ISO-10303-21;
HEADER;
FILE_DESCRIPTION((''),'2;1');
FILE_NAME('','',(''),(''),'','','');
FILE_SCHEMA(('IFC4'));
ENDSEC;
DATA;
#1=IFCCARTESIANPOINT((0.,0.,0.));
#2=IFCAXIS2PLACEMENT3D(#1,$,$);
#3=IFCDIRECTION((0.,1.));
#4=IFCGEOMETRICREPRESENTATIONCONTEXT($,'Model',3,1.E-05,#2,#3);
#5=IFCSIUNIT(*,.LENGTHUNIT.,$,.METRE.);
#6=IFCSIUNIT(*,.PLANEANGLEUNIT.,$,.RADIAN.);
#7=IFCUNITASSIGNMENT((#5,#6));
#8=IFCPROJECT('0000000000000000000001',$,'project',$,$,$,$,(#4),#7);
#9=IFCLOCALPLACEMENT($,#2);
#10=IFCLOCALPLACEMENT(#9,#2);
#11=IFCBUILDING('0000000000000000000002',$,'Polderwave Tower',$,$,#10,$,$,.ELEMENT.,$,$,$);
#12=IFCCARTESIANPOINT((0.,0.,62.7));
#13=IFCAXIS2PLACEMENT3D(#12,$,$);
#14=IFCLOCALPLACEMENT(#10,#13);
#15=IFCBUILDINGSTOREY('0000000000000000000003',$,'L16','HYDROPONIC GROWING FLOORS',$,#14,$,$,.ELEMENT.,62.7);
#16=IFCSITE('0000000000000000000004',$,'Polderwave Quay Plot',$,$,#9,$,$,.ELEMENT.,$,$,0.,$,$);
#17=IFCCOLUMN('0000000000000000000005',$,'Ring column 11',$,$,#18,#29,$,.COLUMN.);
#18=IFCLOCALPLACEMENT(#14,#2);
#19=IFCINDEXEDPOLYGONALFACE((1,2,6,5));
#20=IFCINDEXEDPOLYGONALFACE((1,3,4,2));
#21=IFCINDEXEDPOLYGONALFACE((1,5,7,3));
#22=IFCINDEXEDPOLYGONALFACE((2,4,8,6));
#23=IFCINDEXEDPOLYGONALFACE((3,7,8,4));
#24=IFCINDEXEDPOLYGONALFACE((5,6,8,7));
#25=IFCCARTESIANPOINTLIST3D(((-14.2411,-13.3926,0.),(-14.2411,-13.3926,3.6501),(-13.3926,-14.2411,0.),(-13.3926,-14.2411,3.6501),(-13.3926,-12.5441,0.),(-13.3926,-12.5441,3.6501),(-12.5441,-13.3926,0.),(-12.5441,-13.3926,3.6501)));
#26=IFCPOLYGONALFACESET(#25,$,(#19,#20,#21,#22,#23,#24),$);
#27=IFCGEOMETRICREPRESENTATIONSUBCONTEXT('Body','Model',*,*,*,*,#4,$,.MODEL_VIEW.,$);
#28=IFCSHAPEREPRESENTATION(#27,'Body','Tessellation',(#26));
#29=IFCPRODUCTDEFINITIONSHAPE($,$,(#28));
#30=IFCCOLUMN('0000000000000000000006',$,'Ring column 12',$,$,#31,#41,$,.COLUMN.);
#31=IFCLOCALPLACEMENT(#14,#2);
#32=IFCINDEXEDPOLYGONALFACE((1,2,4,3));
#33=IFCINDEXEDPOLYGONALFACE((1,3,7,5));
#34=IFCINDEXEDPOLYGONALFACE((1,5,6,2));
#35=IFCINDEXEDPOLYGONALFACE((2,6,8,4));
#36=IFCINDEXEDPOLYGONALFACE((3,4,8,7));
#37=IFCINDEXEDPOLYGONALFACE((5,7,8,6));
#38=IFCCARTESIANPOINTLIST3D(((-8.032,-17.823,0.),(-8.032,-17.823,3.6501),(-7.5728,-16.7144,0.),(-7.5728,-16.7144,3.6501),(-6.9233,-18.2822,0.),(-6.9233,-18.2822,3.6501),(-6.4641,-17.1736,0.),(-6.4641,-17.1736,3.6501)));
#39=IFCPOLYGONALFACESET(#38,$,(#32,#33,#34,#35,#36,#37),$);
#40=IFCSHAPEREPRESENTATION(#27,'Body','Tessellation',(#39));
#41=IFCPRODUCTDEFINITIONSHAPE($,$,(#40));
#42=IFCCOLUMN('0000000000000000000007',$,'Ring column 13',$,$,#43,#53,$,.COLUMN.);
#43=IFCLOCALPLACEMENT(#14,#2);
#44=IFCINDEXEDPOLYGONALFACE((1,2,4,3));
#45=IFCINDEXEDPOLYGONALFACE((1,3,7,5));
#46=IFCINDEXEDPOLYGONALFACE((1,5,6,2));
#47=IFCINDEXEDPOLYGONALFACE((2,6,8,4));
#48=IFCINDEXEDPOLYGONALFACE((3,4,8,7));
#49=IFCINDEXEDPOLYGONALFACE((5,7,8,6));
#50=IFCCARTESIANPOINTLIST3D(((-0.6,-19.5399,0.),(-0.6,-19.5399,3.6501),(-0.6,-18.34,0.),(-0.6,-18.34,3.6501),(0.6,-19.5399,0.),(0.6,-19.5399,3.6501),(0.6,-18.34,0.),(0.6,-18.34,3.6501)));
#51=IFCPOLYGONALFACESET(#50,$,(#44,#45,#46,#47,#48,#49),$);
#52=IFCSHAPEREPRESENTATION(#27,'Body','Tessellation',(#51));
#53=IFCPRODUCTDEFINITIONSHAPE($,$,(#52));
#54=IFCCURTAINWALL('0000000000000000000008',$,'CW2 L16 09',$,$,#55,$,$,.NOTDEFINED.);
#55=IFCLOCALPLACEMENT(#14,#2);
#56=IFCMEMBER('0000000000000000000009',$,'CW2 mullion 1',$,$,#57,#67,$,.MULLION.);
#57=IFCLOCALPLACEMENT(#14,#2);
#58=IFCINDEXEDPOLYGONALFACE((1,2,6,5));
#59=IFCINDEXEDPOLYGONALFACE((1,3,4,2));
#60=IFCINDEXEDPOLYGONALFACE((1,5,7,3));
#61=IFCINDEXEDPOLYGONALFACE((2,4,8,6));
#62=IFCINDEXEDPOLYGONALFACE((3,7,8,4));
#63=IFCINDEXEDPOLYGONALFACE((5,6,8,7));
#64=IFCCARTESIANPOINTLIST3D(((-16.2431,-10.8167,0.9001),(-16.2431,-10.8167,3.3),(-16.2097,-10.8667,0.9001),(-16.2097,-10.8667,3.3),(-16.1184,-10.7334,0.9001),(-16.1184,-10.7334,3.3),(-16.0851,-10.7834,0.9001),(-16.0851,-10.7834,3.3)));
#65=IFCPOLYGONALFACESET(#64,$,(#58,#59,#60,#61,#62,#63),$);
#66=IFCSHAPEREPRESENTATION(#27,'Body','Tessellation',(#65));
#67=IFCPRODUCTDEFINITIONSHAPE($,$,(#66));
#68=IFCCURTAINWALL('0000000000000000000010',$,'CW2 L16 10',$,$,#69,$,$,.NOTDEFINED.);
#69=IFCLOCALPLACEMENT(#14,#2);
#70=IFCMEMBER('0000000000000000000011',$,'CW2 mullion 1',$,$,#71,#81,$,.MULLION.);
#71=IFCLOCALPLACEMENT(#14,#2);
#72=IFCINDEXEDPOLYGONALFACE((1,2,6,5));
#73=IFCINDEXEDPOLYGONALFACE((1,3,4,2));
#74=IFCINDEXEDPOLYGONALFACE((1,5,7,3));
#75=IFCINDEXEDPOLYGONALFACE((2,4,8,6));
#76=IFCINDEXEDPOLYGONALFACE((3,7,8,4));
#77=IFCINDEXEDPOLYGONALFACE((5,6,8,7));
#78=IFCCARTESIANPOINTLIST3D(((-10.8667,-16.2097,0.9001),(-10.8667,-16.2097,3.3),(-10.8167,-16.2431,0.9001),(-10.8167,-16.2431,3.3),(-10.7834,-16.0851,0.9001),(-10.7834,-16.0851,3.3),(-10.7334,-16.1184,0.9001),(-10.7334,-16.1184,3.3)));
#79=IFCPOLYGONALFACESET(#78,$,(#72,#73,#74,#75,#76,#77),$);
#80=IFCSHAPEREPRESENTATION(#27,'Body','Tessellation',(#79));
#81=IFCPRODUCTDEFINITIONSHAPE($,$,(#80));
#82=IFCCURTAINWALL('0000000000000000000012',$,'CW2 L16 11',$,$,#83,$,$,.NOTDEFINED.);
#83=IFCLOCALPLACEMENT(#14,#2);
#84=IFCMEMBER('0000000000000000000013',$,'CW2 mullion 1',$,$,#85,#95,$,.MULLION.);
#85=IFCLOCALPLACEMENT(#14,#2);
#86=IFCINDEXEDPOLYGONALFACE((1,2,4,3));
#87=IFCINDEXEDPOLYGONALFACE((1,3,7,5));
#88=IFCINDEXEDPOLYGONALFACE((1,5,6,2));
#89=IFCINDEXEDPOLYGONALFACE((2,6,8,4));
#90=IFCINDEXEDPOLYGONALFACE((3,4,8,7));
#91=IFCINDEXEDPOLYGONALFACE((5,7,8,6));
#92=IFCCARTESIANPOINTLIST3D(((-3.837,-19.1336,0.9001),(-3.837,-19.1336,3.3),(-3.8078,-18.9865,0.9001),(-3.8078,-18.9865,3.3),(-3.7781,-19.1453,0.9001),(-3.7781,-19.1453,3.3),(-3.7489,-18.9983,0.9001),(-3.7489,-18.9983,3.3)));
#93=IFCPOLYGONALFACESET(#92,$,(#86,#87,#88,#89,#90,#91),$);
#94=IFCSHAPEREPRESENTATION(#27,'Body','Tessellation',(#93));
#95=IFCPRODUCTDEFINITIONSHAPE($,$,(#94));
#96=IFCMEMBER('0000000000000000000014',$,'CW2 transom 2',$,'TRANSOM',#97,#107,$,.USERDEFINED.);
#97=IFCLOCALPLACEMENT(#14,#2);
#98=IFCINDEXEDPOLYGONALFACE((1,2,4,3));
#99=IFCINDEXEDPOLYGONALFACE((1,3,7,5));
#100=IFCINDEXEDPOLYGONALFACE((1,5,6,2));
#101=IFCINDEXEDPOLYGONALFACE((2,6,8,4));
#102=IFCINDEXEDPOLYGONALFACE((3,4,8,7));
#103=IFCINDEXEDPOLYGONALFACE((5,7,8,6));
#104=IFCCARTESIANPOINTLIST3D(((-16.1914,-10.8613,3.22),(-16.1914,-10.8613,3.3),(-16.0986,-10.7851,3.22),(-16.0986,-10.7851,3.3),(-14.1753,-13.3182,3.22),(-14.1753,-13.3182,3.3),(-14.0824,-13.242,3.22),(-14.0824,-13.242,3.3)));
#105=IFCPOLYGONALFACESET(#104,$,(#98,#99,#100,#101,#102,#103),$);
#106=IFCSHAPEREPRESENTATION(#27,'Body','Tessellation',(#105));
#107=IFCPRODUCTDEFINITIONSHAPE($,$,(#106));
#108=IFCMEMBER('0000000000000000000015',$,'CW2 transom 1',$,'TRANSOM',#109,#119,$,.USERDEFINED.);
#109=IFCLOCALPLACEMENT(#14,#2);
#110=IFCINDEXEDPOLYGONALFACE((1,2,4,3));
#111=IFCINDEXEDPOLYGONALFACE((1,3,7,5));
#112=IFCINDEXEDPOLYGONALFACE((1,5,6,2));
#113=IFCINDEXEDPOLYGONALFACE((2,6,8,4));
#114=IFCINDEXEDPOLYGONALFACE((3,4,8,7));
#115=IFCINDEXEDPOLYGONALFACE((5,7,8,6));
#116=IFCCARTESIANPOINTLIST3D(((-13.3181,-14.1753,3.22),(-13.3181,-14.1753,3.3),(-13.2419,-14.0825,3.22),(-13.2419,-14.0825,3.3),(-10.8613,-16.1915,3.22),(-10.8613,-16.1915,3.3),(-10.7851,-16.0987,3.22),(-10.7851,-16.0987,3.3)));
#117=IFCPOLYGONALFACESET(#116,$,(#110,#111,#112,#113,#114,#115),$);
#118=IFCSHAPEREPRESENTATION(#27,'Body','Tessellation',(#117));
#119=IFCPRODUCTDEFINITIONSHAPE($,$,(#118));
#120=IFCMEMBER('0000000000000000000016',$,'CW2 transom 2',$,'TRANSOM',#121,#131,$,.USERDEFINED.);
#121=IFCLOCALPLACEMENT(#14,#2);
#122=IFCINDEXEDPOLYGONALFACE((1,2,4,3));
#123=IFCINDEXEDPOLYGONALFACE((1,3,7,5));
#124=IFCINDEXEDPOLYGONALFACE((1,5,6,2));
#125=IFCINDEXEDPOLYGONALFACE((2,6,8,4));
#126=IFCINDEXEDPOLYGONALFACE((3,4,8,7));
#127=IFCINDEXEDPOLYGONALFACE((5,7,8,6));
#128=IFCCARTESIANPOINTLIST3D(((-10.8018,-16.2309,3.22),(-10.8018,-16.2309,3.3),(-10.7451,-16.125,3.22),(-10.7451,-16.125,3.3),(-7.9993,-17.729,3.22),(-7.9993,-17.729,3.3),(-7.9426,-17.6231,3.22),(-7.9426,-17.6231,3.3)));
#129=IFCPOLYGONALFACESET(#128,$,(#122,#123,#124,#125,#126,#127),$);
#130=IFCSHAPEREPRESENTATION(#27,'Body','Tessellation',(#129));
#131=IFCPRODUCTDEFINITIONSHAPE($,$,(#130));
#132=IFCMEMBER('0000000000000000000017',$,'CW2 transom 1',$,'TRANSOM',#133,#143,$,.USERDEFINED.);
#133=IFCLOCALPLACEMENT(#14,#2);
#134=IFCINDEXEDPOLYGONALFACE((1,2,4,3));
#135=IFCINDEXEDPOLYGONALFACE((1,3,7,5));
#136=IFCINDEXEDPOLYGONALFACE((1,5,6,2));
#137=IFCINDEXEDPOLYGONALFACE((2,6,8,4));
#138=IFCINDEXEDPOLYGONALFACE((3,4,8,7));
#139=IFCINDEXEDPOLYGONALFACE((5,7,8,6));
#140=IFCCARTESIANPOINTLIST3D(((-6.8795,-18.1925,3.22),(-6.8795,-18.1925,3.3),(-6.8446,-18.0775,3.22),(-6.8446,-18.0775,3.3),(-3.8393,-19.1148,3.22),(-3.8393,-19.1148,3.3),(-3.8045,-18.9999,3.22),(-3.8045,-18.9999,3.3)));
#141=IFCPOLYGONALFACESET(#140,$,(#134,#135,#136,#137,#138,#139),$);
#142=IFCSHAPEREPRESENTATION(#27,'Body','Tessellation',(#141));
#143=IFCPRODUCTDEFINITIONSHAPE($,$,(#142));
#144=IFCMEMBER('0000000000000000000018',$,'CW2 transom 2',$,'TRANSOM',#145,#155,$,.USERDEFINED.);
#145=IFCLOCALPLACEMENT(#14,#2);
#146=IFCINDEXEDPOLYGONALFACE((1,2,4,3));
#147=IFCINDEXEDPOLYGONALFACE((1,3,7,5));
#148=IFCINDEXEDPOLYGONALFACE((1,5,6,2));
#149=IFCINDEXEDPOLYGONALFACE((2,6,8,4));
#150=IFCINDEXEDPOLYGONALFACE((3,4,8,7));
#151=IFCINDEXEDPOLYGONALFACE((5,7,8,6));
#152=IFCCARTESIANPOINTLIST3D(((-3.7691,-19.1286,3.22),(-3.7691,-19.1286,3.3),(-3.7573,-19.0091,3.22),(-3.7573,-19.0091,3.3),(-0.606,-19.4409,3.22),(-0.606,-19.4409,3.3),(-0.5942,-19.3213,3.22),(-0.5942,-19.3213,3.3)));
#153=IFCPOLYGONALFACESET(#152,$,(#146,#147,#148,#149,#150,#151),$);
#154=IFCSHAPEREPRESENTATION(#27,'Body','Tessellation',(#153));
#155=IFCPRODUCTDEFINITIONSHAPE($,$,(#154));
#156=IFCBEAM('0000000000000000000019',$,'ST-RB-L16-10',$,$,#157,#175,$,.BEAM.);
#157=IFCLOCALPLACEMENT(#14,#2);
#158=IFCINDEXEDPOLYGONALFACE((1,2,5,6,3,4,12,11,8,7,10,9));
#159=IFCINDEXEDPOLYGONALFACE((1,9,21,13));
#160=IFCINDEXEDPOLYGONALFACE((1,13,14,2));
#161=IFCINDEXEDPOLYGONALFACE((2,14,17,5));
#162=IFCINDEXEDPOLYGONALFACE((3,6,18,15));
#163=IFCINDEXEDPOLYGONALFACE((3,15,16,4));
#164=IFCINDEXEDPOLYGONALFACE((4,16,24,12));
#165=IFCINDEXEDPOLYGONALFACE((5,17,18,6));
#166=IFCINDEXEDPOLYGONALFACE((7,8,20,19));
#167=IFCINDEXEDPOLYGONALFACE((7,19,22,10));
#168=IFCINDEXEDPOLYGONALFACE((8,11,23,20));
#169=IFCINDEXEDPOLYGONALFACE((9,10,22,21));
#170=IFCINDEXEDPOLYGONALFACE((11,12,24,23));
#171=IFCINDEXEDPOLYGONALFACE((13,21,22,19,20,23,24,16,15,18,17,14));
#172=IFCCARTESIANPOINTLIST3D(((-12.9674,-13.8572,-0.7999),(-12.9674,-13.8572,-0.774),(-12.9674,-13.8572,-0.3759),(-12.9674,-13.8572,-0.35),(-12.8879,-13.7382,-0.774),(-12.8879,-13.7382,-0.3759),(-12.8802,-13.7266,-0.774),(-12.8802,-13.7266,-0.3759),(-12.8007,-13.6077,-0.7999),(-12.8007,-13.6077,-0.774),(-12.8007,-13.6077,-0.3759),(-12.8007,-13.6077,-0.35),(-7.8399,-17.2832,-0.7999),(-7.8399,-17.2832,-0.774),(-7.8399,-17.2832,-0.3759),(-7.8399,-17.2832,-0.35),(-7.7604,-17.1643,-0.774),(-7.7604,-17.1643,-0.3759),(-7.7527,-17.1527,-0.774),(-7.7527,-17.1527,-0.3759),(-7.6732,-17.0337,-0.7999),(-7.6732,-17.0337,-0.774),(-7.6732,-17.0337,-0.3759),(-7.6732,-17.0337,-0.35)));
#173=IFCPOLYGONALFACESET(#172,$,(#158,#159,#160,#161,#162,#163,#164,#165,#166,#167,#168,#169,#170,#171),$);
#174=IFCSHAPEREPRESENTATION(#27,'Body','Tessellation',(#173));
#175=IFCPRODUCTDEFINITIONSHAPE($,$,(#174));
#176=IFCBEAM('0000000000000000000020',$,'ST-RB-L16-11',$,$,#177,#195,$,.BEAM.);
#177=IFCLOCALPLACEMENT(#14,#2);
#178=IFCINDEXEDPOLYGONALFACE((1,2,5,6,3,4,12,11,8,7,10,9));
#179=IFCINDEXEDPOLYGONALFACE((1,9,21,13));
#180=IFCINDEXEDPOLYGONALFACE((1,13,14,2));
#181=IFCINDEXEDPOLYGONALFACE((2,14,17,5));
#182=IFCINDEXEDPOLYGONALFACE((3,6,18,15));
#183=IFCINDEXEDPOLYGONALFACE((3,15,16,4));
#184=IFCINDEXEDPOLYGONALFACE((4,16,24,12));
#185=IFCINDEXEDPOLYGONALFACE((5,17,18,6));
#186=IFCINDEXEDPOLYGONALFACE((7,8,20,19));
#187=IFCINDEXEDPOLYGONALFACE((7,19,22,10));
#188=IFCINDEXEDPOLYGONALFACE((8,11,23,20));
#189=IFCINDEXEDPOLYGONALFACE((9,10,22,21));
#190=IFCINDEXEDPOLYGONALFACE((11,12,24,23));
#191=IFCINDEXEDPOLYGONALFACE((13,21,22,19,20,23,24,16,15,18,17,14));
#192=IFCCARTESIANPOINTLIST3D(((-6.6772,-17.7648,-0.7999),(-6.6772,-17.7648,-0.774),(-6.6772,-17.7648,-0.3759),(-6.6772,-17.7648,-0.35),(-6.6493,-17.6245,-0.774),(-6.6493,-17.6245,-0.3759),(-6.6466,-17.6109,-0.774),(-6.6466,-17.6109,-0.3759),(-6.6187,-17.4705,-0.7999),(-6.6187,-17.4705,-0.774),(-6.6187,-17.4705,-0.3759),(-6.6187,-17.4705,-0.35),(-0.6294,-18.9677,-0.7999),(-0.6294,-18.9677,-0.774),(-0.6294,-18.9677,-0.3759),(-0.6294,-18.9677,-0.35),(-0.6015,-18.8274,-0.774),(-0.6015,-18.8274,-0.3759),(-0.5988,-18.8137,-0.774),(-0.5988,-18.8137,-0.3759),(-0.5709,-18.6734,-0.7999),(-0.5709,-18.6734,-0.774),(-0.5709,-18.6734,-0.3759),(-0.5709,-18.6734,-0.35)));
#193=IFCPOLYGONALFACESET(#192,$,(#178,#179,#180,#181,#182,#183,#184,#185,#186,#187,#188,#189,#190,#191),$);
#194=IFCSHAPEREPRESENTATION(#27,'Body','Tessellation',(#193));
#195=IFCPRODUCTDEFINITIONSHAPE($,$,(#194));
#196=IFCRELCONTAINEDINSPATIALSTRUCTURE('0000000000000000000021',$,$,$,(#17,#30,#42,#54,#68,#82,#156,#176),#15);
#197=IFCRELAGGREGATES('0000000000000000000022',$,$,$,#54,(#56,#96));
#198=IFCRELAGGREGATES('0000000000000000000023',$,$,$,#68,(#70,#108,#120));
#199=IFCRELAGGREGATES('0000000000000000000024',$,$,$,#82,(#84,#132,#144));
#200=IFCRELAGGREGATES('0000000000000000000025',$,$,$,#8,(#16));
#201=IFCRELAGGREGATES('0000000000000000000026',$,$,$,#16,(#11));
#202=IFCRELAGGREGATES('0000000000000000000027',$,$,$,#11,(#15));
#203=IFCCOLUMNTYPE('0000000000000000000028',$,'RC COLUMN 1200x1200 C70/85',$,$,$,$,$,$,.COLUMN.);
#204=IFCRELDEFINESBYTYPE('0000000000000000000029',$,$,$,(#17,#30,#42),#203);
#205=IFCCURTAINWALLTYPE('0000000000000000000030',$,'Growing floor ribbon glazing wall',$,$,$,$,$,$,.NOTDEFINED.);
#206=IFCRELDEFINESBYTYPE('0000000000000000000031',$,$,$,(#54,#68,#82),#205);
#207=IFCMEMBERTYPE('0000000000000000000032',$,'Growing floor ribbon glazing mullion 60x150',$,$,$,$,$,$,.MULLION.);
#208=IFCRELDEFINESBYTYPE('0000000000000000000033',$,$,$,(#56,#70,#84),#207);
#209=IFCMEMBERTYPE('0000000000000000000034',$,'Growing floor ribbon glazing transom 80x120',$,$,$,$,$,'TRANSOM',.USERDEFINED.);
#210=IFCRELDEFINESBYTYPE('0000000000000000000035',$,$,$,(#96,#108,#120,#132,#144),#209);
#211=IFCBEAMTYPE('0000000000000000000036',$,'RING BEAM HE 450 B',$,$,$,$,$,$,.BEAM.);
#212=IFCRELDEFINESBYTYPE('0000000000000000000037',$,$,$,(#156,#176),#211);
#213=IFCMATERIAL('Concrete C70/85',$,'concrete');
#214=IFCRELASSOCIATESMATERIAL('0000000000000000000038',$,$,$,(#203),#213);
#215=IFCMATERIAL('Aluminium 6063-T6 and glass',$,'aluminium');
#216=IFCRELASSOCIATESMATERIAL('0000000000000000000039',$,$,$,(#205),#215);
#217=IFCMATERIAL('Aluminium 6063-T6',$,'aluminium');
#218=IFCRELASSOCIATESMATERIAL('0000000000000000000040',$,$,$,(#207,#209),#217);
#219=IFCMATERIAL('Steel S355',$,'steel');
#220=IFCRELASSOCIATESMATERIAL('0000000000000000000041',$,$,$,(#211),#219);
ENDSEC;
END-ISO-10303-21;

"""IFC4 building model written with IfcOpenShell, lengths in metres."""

from ifc_helpers import new_model, si_unit, direction, frame, origin, origin_2d, place, context, subcontext, project, spatial, rectangle, i_section, extrude, material, material_profile, profile_set, type_object, element, aggregate, save


model = new_model("IFC4")

# Units and contexts
model_context = context("Model", 3, precision=1e-05, world=origin(), true_north=direction((0.0, 1.0)))
body_context = subcontext(model_context, "Body", "Model", "MODEL_VIEW")
ifc_project = project(units=[si_unit("LENGTHUNIT", "METRE"), si_unit("PLANEANGLEUNIT", "RADIAN")], contexts=[model_context])

# Site, building, storey
site_placement = place(None, origin())
site = spatial("IfcSite", under=ifc_project, at=site_placement, Name="Polderwave Quay Plot", CompositionType="ELEMENT", RefElevation=0.0)
building_placement = place(site_placement, origin())
building = spatial("IfcBuilding", under=site, at=building_placement, Name="Polderwave Tower", CompositionType="ELEMENT")
storey_placement = place(building_placement, frame((0.0, 0.0, 62.7)))
storey = spatial("IfcBuildingStorey", under=building, at=storey_placement, Name="L16", Description="HYDROPONIC GROWING FLOORS", CompositionType="ELEMENT", Elevation=62.7)

# Columns
ifc_material_1 = material(Name="Concrete C70/85", Category="concrete")
ifc_material_profile_1 = material_profile(ifc_material_1, rectangle(XDim=1.2, YDim=1.2, at=origin_2d()), Name="RC 1200x1200")
ifc_profile_set_1 = profile_set([ifc_material_profile_1], Name="Concrete C70/85")
column_type = type_object("IfcColumnType", Name="RC COLUMN 1200x1200 C70/85", PredefinedType="COLUMN", material=ifc_profile_set_1)
for number, where, z_axis, x_axis, name in (
    (1, (-13.3926, -13.3926, 0.0), (0.0, 0.0, 1.0), (-0.707107, -0.707107, 0.0), "Ring column 11"),
    (2, (-7.248, -17.4983, 0.0), (0.0, 0.0, 1.0), (-0.382683, -0.92388, 0.0), "Ring column 12"),
    (3, (0.0, -18.9399, 0.0), (0.0, 0.0, 1.0), (0.0, -1.0, 0.0), "Ring column 13"),
):
    element("IfcColumn", number, at=place(storey_placement, frame(where, z_axis=z_axis, x_axis=x_axis)), inside=storey, type_object=column_type, Name=name, PredefinedType="COLUMN", context=body_context, shape_type="SweptSolid", body=[
        extrude(rectangle(XDim=1.2, YDim=1.2, at=origin_2d()), origin(), (0.0, 0.0, 1.0), 3.6501),
    ])

# Curtain walls, members
ifc_material_2 = material(Name="Aluminium 6063-T6 and glass", Category="aluminium")
curtain_wall_type = type_object("IfcCurtainWallType", Name="Growing floor ribbon glazing wall", PredefinedType="NOTDEFINED", material=ifc_material_2)
curtain_wall_1_placement = place(storey_placement, origin())
curtain_wall_1 = element("IfcCurtainWall", 4, at=curtain_wall_1_placement, inside=storey, type_object=curtain_wall_type, Name="CW2 L16 09", PredefinedType="NOTDEFINED")
ifc_material_3 = material(Name="Aluminium 6063-T6", Category="aluminium")
ifc_material_profile_2 = material_profile(ifc_material_3, rectangle(XDim=0.1499, YDim=0.0601, at=origin_2d()), Name="AL 60x150")
ifc_profile_set_2 = profile_set([ifc_material_profile_2], Name="Aluminium 6063-T6")
member_type_1 = type_object("IfcMemberType", Name="Growing floor ribbon glazing mullion 60x150", PredefinedType="MULLION", material=ifc_profile_set_2)
member_1_placement = place(storey_placement, frame((-16.1641, -10.8, 0.9001), z_axis=(0.0, 0.0, 1.0), x_axis=(0.831499, 0.555527, 0.0)))
member_1 = element("IfcMember", 5, at=member_1_placement, type_object=member_type_1, Name="CW2 mullion 1", PredefinedType="MULLION", context=body_context, shape_type="SweptSolid", body=[
    extrude(rectangle(XDim=0.1499, YDim=0.0601, at=origin_2d()), origin(), (0.0, 0.0, 1.0), 2.3999),
])
curtain_wall_2_placement = place(storey_placement, origin())
curtain_wall_2 = element("IfcCurtainWall", 6, at=curtain_wall_2_placement, inside=storey, type_object=curtain_wall_type, Name="CW2 L16 10", PredefinedType="NOTDEFINED")
member_2_placement = place(storey_placement, frame((-10.8, -16.1641, 0.9001), z_axis=(0.0, 0.0, 1.0), x_axis=(0.555527, 0.831499, 0.0)))
member_2 = element("IfcMember", 7, at=member_2_placement, type_object=member_type_1, Name="CW2 mullion 1", PredefinedType="MULLION", context=body_context, shape_type="SweptSolid", body=[
    extrude(rectangle(XDim=0.1499, YDim=0.0601, at=origin_2d()), origin(), (0.0, 0.0, 1.0), 2.3999),
])
curtain_wall_3_placement = place(storey_placement, origin())
curtain_wall_3 = element("IfcCurtainWall", 8, at=curtain_wall_3_placement, inside=storey, type_object=curtain_wall_type, Name="CW2 L16 11", PredefinedType="NOTDEFINED")
member_3_placement = place(storey_placement, frame((-3.793, -19.0659, 0.9001), z_axis=(0.0, 0.0, 1.0), x_axis=(0.195172, 0.980769, 0.0)))
member_3 = element("IfcMember", 9, at=member_3_placement, type_object=member_type_1, Name="CW2 mullion 1", PredefinedType="MULLION", context=body_context, shape_type="SweptSolid", body=[
    extrude(rectangle(XDim=0.1499, YDim=0.0601, at=origin_2d()), origin(), (0.0, 0.0, 1.0), 2.3999),
])

# Members
ifc_material_profile_3 = material_profile(ifc_material_3, rectangle(XDim=0.1201, YDim=0.0801, at=origin_2d()), Name="AL 80x120")
ifc_profile_set_3 = profile_set([ifc_material_profile_3], Name="Aluminium 6063-T6")
member_type_2 = type_object("IfcMemberType", Name="Growing floor ribbon glazing transom 80x120", ElementType="TRANSOM", PredefinedType="USERDEFINED", material=ifc_profile_set_3)
member_4_placement = place(storey_placement, frame((-16.145, -10.8232, 3.26), z_axis=(0.634371, -0.773029, 0.0), x_axis=(0.773029, 0.634371, 0.0)))
member_4 = element("IfcMember", 10, at=member_4_placement, type_object=member_type_2, Name="CW2 transom 2", ObjectType="TRANSOM", PredefinedType="USERDEFINED", context=body_context, shape_type="SweptSolid", body=[
    extrude(rectangle(XDim=0.1201, YDim=0.0801, at=origin_2d()), origin(), (0.0, 0.0, 1.0), 3.1782),
])
member_5_placement = place(storey_placement, frame((-13.28, -14.1289, 3.26), z_axis=(0.773029, -0.634371, 0.0), x_axis=(0.634371, 0.773029, 0.0)))
member_5 = element("IfcMember", 11, at=member_5_placement, type_object=member_type_2, Name="CW2 transom 1", ObjectType="TRANSOM", PredefinedType="USERDEFINED", context=body_context, shape_type="SweptSolid", body=[
    extrude(rectangle(XDim=0.1201, YDim=0.0801, at=origin_2d()), origin(), (0.0, 0.0, 1.0), 3.1782),
])
member_6_placement = place(storey_placement, frame((-10.7734, -16.178, 3.26), z_axis=(0.88191, -0.471417, 0.0), x_axis=(0.471417, 0.88191, 0.0)))
member_6 = element("IfcMember", 12, at=member_6_placement, type_object=member_type_2, Name="CW2 transom 2", ObjectType="TRANSOM", PredefinedType="USERDEFINED", context=body_context, shape_type="SweptSolid", body=[
    extrude(rectangle(XDim=0.1201, YDim=0.0801, at=origin_2d()), origin(), (0.0, 0.0, 1.0), 3.1777),
])
member_7_placement = place(storey_placement, frame((-6.8621, -18.135, 3.26), z_axis=(0.956931, -0.290314, 0.0), x_axis=(0.290314, 0.956931, 0.0)))
member_7 = element("IfcMember", 13, at=member_7_placement, type_object=member_type_2, Name="CW2 transom 1", ObjectType="TRANSOM", PredefinedType="USERDEFINED", context=body_context, shape_type="SweptSolid", body=[
    extrude(rectangle(XDim=0.1201, YDim=0.0801, at=origin_2d()), origin(), (0.0, 0.0, 1.0), 3.177),
])
member_8_placement = place(storey_placement, frame((-3.7632, -19.0688, 3.26), z_axis=(0.995163, -0.098241, 0.0), x_axis=(0.098241, 0.995163, 0.0)))
member_8 = element("IfcMember", 14, at=member_8_placement, type_object=member_type_2, Name="CW2 transom 2", ObjectType="TRANSOM", PredefinedType="USERDEFINED", context=body_context, shape_type="SweptSolid", body=[
    extrude(rectangle(XDim=0.1201, YDim=0.0801, at=origin_2d()), origin(), (0.0, 0.0, 1.0), 3.1785),
])

# Beams
ifc_material_4 = material(Name="Steel S355", Category="steel")
ifc_material_profile_4 = material_profile(ifc_material_4, i_section(OverallWidth=0.3, OverallDepth=0.45, WebThickness=0.0139, FlangeThickness=0.0259, at=origin_2d()), Name="HE 450 B")
ifc_profile_set_4 = profile_set([ifc_material_profile_4], Name="Steel S355")
beam_type = type_object("IfcBeamType", Name="RING BEAM HE 450 B", PredefinedType="BEAM", material=ifc_profile_set_4)
beam_1_placement = place(storey_placement, frame((-12.884, -13.7324, -0.575), z_axis=(0.831471, -0.555568, 0.0), x_axis=(0.555568, 0.831471, 0.0)))
element("IfcBeam", 15, at=beam_1_placement, inside=storey, type_object=beam_type, Name="ST-RB-L16-10", PredefinedType="BEAM", context=body_context, shape_type="SweptSolid", body=[
    extrude(i_section(OverallWidth=0.3, OverallDepth=0.45, WebThickness=0.0139, FlangeThickness=0.0259, at=origin_2d()), origin(), (0.0, 0.0, 1.0), 6.1667),
])
beam_2_placement = place(storey_placement, frame((-6.6479, -17.6177, -0.575), z_axis=(0.980789, -0.195073, 0.0), x_axis=(0.195073, 0.980789, 0.0)))
element("IfcBeam", 16, at=beam_2_placement, inside=storey, type_object=beam_type, Name="ST-RB-L16-11", PredefinedType="BEAM", context=body_context, shape_type="SweptSolid", body=[
    extrude(i_section(OverallWidth=0.3, OverallDepth=0.45, WebThickness=0.0139, FlangeThickness=0.0259, at=origin_2d()), origin(), (0.0, 0.0, 1.0), 6.1663),
])

aggregate(curtain_wall_1, [member_1, member_4])
aggregate(curtain_wall_2, [member_2, member_5, member_6])
aggregate(curtain_wall_3, [member_3, member_7, member_8])

save(model, "model.ifc")
